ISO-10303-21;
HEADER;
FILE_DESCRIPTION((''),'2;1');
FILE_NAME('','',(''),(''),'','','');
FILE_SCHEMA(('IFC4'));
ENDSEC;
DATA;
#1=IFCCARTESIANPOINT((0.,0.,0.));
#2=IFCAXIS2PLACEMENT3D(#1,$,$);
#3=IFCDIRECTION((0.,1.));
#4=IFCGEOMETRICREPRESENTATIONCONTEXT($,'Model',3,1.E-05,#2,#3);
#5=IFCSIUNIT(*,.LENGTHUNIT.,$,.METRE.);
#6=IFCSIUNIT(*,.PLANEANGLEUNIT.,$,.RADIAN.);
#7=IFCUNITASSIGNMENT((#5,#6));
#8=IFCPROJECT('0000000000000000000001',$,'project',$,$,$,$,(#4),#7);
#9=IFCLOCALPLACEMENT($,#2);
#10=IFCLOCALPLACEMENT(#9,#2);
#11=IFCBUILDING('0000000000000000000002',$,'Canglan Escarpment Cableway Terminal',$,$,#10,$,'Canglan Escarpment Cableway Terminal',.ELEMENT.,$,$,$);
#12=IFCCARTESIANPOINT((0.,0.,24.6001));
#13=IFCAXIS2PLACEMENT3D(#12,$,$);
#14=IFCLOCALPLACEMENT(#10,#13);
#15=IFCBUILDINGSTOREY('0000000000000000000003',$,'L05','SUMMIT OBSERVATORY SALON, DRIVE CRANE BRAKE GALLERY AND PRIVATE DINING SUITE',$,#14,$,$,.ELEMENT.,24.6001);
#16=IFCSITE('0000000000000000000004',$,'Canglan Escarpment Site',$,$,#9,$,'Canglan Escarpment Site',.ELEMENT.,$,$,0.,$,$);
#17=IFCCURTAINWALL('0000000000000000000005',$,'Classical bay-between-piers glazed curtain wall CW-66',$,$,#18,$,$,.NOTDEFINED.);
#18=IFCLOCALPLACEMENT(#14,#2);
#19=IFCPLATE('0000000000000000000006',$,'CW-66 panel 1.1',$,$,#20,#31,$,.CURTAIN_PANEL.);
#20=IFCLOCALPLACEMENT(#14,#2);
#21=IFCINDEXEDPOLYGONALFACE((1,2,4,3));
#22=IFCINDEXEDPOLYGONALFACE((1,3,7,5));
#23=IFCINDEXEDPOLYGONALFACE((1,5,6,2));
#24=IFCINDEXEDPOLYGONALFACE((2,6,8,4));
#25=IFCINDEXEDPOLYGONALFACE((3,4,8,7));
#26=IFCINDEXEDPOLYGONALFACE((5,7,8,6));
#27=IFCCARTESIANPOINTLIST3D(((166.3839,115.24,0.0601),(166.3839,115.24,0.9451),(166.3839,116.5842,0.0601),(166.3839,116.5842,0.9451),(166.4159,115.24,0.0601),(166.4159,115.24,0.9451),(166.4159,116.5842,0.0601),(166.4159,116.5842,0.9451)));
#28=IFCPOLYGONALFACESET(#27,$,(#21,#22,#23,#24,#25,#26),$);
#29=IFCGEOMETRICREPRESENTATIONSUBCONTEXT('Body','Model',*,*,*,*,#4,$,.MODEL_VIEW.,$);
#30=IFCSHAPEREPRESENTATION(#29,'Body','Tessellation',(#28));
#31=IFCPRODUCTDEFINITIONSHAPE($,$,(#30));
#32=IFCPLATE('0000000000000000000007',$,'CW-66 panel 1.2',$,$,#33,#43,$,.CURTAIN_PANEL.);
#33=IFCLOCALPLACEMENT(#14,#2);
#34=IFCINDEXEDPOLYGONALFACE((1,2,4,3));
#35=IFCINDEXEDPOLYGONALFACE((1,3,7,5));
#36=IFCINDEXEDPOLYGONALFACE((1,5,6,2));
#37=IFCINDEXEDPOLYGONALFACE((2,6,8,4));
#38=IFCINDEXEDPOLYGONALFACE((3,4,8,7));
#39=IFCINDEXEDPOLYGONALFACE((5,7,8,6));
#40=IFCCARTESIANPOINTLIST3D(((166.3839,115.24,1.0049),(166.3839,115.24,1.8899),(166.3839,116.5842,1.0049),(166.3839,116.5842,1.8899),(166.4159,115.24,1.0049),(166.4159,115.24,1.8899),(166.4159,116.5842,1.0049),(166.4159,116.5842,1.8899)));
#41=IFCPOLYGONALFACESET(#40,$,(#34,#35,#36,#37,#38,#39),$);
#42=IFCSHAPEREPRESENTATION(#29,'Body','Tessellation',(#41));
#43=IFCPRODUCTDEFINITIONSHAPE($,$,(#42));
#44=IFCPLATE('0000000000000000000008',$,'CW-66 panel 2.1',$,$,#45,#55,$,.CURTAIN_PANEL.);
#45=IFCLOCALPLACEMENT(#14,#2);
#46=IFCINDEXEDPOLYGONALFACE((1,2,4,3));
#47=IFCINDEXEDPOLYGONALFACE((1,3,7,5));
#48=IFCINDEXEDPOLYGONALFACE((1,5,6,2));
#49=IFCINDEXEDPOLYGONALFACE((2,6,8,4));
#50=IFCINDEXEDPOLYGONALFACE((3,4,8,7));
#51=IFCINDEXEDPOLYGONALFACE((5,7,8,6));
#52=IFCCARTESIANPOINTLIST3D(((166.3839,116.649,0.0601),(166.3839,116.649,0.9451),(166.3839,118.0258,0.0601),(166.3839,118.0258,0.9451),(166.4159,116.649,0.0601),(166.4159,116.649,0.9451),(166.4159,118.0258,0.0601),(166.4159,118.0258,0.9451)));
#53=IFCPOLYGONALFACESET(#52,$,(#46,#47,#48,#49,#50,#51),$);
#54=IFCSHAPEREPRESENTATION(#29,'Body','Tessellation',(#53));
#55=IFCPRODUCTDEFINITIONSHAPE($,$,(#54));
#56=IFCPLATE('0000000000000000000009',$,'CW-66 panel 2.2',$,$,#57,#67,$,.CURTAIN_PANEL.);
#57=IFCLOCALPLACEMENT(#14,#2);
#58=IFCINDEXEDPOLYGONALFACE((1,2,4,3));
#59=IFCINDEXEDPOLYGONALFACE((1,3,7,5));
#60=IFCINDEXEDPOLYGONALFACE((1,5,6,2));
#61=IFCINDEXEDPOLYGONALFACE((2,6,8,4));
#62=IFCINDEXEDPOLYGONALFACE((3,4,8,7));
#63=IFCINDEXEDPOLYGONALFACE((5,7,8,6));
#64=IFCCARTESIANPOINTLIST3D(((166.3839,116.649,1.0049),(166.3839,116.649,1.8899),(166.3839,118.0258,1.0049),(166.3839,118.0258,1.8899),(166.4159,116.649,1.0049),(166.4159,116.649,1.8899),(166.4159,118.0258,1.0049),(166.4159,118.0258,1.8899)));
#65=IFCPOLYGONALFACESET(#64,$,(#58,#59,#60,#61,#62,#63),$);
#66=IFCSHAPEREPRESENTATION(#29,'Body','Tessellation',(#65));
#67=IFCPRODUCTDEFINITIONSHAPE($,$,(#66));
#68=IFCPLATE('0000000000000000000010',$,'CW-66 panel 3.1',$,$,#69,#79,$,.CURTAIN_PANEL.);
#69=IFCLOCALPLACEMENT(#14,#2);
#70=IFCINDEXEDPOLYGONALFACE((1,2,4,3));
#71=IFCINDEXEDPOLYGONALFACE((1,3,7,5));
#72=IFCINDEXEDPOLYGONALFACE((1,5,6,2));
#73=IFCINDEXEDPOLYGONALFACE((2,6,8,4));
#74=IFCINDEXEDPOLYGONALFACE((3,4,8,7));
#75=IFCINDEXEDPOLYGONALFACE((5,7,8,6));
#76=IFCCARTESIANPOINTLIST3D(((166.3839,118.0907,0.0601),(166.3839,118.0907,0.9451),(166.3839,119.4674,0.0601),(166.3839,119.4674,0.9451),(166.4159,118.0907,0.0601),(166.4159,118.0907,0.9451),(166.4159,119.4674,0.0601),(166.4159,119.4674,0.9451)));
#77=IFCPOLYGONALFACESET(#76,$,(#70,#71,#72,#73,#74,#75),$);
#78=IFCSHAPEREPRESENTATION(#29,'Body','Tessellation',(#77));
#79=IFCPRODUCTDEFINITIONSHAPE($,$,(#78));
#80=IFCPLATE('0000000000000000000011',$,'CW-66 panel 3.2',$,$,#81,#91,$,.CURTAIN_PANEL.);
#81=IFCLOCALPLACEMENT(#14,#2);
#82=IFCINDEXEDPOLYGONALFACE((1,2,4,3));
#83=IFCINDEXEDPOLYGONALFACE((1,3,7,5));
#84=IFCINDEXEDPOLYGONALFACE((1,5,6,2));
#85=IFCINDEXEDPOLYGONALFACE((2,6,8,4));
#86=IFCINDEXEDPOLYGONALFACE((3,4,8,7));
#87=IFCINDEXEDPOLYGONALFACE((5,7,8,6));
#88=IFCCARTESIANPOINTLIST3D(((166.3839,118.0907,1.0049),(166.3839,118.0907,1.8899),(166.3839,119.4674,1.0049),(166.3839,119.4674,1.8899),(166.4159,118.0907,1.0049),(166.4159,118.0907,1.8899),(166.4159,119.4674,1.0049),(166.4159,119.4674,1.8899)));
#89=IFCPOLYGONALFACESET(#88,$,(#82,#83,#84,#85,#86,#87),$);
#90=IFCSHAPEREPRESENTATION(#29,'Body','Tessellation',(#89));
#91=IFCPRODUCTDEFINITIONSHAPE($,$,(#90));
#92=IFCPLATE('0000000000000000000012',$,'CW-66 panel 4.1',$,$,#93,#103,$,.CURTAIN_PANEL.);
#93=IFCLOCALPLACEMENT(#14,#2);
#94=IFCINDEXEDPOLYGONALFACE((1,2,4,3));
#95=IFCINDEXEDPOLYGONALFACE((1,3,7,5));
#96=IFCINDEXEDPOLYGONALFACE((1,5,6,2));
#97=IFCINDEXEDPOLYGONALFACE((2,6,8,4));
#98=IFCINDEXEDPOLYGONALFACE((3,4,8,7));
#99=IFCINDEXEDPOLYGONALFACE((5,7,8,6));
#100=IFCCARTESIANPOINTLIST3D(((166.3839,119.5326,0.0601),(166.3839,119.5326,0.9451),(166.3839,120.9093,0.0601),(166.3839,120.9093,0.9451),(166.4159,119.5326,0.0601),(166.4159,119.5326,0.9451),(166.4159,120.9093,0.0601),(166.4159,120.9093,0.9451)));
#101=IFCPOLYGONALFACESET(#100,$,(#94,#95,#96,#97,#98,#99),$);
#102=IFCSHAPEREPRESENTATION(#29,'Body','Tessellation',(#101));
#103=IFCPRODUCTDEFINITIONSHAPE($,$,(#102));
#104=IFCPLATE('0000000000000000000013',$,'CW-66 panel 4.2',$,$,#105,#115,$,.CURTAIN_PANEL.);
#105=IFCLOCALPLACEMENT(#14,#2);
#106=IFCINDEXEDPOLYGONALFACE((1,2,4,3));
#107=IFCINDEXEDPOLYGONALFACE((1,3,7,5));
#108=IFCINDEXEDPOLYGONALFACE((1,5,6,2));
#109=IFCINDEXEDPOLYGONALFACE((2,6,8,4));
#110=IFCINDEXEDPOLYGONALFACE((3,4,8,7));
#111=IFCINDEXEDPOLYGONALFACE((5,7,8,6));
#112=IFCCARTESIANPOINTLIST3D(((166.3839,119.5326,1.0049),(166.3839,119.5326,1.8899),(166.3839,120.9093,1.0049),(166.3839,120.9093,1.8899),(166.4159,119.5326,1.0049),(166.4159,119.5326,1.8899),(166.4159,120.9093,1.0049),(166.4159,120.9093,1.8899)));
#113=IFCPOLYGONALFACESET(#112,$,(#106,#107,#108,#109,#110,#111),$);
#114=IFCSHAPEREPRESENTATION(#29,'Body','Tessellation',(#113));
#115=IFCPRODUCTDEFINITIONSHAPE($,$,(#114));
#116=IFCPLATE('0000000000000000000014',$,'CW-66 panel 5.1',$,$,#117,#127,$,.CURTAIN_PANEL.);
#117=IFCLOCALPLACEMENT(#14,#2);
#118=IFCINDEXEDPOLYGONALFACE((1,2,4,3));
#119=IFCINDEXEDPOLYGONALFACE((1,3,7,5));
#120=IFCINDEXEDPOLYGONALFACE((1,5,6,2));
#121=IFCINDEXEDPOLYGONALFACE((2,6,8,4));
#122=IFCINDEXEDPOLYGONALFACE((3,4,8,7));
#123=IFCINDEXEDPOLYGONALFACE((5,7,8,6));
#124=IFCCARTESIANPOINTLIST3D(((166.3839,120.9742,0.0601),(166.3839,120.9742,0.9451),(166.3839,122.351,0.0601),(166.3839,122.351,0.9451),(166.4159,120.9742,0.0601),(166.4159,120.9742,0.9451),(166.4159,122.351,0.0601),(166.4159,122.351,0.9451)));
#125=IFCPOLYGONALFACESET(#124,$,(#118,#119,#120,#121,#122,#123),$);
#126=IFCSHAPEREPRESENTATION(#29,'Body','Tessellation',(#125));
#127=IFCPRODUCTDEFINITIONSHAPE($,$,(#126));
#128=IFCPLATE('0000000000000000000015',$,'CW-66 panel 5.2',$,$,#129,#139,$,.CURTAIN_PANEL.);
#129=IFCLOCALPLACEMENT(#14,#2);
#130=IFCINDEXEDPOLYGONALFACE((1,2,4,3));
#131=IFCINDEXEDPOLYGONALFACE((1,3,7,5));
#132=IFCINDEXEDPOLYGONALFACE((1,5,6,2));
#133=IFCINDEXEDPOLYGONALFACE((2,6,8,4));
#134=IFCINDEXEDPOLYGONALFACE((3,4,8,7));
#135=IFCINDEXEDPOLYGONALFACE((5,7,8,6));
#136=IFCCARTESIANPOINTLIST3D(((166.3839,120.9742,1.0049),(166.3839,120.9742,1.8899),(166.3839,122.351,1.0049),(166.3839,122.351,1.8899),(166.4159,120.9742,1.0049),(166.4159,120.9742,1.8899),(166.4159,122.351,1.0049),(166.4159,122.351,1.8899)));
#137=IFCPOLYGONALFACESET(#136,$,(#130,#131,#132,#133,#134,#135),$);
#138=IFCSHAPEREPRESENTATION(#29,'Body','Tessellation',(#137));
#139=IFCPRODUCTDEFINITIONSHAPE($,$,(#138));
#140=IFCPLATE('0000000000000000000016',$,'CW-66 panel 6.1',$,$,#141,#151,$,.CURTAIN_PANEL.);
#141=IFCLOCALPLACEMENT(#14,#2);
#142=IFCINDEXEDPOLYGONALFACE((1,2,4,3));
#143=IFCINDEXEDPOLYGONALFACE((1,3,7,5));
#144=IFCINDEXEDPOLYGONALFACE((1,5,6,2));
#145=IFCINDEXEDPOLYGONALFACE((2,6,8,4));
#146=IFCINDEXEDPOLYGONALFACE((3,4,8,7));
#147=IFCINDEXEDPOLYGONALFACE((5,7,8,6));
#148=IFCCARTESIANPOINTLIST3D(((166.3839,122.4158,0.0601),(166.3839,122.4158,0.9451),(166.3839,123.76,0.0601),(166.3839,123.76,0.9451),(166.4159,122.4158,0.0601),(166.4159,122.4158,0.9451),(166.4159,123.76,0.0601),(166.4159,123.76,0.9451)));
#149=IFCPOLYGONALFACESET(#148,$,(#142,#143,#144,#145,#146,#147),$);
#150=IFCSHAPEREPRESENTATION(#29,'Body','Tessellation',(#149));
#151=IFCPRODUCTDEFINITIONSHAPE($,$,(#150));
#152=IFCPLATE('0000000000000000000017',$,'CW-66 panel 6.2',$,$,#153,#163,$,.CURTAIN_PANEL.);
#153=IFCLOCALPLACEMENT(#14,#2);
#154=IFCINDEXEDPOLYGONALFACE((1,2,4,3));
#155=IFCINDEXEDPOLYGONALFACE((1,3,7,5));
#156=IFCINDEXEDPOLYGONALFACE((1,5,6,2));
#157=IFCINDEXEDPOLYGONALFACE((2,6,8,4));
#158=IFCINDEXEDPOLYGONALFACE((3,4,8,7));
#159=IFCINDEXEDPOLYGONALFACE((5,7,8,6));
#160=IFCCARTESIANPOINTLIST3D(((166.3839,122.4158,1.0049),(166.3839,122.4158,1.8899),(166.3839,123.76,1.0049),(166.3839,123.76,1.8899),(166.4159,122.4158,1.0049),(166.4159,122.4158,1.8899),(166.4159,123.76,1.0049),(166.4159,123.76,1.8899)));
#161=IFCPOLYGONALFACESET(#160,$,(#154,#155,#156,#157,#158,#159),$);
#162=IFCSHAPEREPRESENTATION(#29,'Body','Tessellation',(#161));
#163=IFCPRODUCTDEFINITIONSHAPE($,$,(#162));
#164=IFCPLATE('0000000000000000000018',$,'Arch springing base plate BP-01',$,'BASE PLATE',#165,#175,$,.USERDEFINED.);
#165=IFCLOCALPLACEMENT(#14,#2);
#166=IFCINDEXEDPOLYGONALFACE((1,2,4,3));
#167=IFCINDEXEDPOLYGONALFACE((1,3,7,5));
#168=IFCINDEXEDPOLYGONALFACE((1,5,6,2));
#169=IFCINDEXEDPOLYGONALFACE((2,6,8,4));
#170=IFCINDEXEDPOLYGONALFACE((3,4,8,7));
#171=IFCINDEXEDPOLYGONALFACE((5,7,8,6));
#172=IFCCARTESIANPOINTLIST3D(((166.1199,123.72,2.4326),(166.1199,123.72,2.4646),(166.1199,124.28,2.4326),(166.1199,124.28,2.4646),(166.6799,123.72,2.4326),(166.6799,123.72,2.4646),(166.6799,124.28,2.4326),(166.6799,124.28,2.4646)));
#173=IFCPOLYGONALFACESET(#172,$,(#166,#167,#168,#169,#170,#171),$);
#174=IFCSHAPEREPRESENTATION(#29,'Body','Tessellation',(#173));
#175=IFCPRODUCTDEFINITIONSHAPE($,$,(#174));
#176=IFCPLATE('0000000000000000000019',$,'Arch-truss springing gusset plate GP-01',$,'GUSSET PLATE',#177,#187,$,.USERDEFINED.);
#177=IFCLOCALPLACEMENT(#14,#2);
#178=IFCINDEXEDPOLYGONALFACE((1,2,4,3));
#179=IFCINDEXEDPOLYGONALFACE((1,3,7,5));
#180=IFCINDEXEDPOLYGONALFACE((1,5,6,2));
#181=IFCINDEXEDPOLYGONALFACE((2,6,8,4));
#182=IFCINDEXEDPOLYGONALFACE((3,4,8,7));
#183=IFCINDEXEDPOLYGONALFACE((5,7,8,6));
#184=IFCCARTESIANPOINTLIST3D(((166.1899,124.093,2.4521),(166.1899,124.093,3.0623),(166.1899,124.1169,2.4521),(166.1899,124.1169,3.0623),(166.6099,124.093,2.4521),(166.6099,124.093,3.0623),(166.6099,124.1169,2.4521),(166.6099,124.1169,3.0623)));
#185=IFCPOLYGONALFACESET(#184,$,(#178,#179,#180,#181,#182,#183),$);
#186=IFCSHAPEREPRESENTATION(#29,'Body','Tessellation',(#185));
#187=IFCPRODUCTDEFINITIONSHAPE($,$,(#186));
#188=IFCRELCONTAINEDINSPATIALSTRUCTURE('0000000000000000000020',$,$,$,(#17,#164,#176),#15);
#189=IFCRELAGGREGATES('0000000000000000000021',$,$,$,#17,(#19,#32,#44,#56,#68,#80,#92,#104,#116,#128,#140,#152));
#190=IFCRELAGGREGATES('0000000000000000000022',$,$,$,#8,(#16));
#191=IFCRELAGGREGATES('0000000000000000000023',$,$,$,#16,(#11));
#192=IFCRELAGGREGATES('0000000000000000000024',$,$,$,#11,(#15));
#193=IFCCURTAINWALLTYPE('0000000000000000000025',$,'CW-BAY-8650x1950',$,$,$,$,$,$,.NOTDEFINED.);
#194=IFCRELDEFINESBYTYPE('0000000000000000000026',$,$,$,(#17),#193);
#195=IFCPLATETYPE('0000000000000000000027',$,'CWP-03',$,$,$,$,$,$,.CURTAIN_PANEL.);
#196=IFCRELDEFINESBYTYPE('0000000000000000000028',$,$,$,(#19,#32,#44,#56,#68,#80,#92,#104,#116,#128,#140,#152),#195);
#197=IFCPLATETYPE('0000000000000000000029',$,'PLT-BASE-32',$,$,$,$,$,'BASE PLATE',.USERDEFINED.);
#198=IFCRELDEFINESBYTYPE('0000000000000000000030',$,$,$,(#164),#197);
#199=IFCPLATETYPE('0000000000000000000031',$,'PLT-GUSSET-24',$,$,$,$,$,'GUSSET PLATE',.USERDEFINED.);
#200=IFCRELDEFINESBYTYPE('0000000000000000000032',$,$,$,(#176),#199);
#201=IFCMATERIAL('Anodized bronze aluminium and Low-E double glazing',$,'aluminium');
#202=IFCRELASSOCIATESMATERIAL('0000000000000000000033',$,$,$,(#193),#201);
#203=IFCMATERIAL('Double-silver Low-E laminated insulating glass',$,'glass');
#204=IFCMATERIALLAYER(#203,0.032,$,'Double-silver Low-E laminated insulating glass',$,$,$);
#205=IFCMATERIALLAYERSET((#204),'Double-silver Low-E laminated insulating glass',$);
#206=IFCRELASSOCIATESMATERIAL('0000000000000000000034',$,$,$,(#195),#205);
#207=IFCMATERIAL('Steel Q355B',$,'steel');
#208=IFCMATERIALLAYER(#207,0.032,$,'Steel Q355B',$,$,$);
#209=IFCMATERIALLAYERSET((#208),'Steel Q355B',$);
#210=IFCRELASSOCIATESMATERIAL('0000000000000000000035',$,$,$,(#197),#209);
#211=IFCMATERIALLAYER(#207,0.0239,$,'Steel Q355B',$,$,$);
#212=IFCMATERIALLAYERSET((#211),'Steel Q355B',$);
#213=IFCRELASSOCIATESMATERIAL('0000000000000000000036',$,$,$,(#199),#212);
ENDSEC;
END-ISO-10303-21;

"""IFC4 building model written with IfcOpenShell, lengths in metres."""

from ifc_helpers import new_model, si_unit, direction, frame, origin, origin_2d, place, context, subcontext, project, spatial, rectangle, extrude, material, layer, layer_set, type_object, element, aggregate, save


model = new_model("IFC4")

# Units and contexts
model_context = context("Model", 3, precision=1e-05, world=origin(), true_north=direction((0.0, 1.0)))
body_context = subcontext(model_context, "Body", "Model", "MODEL_VIEW")
ifc_project = project(units=[si_unit("LENGTHUNIT", "METRE"), si_unit("PLANEANGLEUNIT", "RADIAN")], contexts=[model_context])

# Site, building, storey
site_placement = place(None, origin())
site = spatial("IfcSite", under=ifc_project, at=site_placement, Name="Canglan Escarpment Site", LongName="Canglan Escarpment Site", CompositionType="ELEMENT", RefElevation=0.0)
building_placement = place(site_placement, origin())
building = spatial("IfcBuilding", under=site, at=building_placement, Name="Canglan Escarpment Cableway Terminal", LongName="Canglan Escarpment Cableway Terminal", CompositionType="ELEMENT")
storey_placement = place(building_placement, frame((0.0, 0.0, 24.6001)))
storey = spatial("IfcBuildingStorey", under=building, at=storey_placement, Name="L05", Description="SUMMIT OBSERVATORY SALON, DRIVE CRANE BRAKE GALLERY AND PRIVATE DINING SUITE", CompositionType="ELEMENT", Elevation=24.6001)

# Curtain wall
ifc_material_1 = material(Name="Anodized bronze aluminium and Low-E double glazing", Category="aluminium")
curtain_wall_type = type_object("IfcCurtainWallType", Name="CW-BAY-8650x1950", PredefinedType="NOTDEFINED", material=ifc_material_1)
curtain_wall_placement = place(storey_placement, origin())
curtain_wall = element("IfcCurtainWall", 1, at=curtain_wall_placement, inside=storey, type_object=curtain_wall_type, Name="Classical bay-between-piers glazed curtain wall CW-66", PredefinedType="NOTDEFINED")

# Shared definitions
ifc_material_2 = material(Name="Steel Q355B", Category="steel")

# Plates
ifc_material_3 = material(Name="Double-silver Low-E laminated insulating glass", Category="glass")
ifc_layer_1 = layer(ifc_material_3, 0.032, Name="Double-silver Low-E laminated insulating glass")
ifc_layer_set_1 = layer_set([ifc_layer_1], Name="Double-silver Low-E laminated insulating glass")
plate_type_1 = type_object("IfcPlateType", Name="CWP-03", PredefinedType="CURTAIN_PANEL", material=ifc_layer_set_1)
plate_1_placement = place(storey_placement, frame((166.3999, 115.9121, 0.0601), z_axis=(0.0, 0.0, 1.0), x_axis=(0.0, 1.0, 0.0)))
plate_1 = element("IfcPlate", 2, at=plate_1_placement, type_object=plate_type_1, Name="CW-66 panel 1.1", PredefinedType="CURTAIN_PANEL", context=body_context, shape_type="SweptSolid", body=[
    extrude(rectangle(XDim=1.3442, YDim=0.032, at=origin_2d()), origin(), (0.0, 0.0, 1.0), 0.885),
])
plate_2_placement = place(storey_placement, frame((166.3999, 115.9121, 1.0049), z_axis=(0.0, 0.0, 1.0), x_axis=(0.0, 1.0, 0.0)))
plate_2 = element("IfcPlate", 3, at=plate_2_placement, type_object=plate_type_1, Name="CW-66 panel 1.2", PredefinedType="CURTAIN_PANEL", context=body_context, shape_type="SweptSolid", body=[
    extrude(rectangle(XDim=1.3442, YDim=0.032, at=origin_2d()), origin(), (0.0, 0.0, 1.0), 0.885),
])
plate_3_placement = place(storey_placement, frame((166.3999, 117.3374, 0.0601), z_axis=(0.0, 0.0, 1.0), x_axis=(0.0, 1.0, 0.0)))
plate_3 = element("IfcPlate", 4, at=plate_3_placement, type_object=plate_type_1, Name="CW-66 panel 2.1", PredefinedType="CURTAIN_PANEL", context=body_context, shape_type="SweptSolid", body=[
    extrude(rectangle(XDim=1.3767, YDim=0.032, at=origin_2d()), origin(), (0.0, 0.0, 1.0), 0.885),
])
plate_4_placement = place(storey_placement, frame((166.3999, 117.3374, 1.0049), z_axis=(0.0, 0.0, 1.0), x_axis=(0.0, 1.0, 0.0)))
plate_4 = element("IfcPlate", 5, at=plate_4_placement, type_object=plate_type_1, Name="CW-66 panel 2.2", PredefinedType="CURTAIN_PANEL", context=body_context, shape_type="SweptSolid", body=[
    extrude(rectangle(XDim=1.3767, YDim=0.032, at=origin_2d()), origin(), (0.0, 0.0, 1.0), 0.885),
])
plate_5_placement = place(storey_placement, frame((166.3999, 118.7791, 0.0601), z_axis=(0.0, 0.0, 1.0), x_axis=(0.0, 1.0, 0.0)))
plate_5 = element("IfcPlate", 6, at=plate_5_placement, type_object=plate_type_1, Name="CW-66 panel 3.1", PredefinedType="CURTAIN_PANEL", context=body_context, shape_type="SweptSolid", body=[
    extrude(rectangle(XDim=1.3767, YDim=0.032, at=origin_2d()), origin(), (0.0, 0.0, 1.0), 0.885),
])
plate_6_placement = place(storey_placement, frame((166.3999, 118.7791, 1.0049), z_axis=(0.0, 0.0, 1.0), x_axis=(0.0, 1.0, 0.0)))
plate_6 = element("IfcPlate", 7, at=plate_6_placement, type_object=plate_type_1, Name="CW-66 panel 3.2", PredefinedType="CURTAIN_PANEL", context=body_context, shape_type="SweptSolid", body=[
    extrude(rectangle(XDim=1.3767, YDim=0.032, at=origin_2d()), origin(), (0.0, 0.0, 1.0), 0.885),
])
plate_7_placement = place(storey_placement, frame((166.3999, 120.2209, 0.0601), z_axis=(0.0, 0.0, 1.0), x_axis=(0.0, 1.0, 0.0)))
plate_7 = element("IfcPlate", 8, at=plate_7_placement, type_object=plate_type_1, Name="CW-66 panel 4.1", PredefinedType="CURTAIN_PANEL", context=body_context, shape_type="SweptSolid", body=[
    extrude(rectangle(XDim=1.3767, YDim=0.032, at=origin_2d()), origin(), (0.0, 0.0, 1.0), 0.885),
])
plate_8_placement = place(storey_placement, frame((166.3999, 120.2209, 1.0049), z_axis=(0.0, 0.0, 1.0), x_axis=(0.0, 1.0, 0.0)))
plate_8 = element("IfcPlate", 9, at=plate_8_placement, type_object=plate_type_1, Name="CW-66 panel 4.2", PredefinedType="CURTAIN_PANEL", context=body_context, shape_type="SweptSolid", body=[
    extrude(rectangle(XDim=1.3767, YDim=0.032, at=origin_2d()), origin(), (0.0, 0.0, 1.0), 0.885),
])
plate_9_placement = place(storey_placement, frame((166.3999, 121.6626, 0.0601), z_axis=(0.0, 0.0, 1.0), x_axis=(0.0, 1.0, 0.0)))
plate_9 = element("IfcPlate", 10, at=plate_9_placement, type_object=plate_type_1, Name="CW-66 panel 5.1", PredefinedType="CURTAIN_PANEL", context=body_context, shape_type="SweptSolid", body=[
    extrude(rectangle(XDim=1.3767, YDim=0.032, at=origin_2d()), origin(), (0.0, 0.0, 1.0), 0.885),
])
plate_10_placement = place(storey_placement, frame((166.3999, 121.6626, 1.0049), z_axis=(0.0, 0.0, 1.0), x_axis=(0.0, 1.0, 0.0)))
plate_10 = element("IfcPlate", 11, at=plate_10_placement, type_object=plate_type_1, Name="CW-66 panel 5.2", PredefinedType="CURTAIN_PANEL", context=body_context, shape_type="SweptSolid", body=[
    extrude(rectangle(XDim=1.3767, YDim=0.032, at=origin_2d()), origin(), (0.0, 0.0, 1.0), 0.885),
])
plate_11_placement = place(storey_placement, frame((166.3999, 123.0879, 0.0601), z_axis=(0.0, 0.0, 1.0), x_axis=(0.0, 1.0, 0.0)))
plate_11 = element("IfcPlate", 12, at=plate_11_placement, type_object=plate_type_1, Name="CW-66 panel 6.1", PredefinedType="CURTAIN_PANEL", context=body_context, shape_type="SweptSolid", body=[
    extrude(rectangle(XDim=1.3442, YDim=0.032, at=origin_2d()), origin(), (0.0, 0.0, 1.0), 0.885),
])
plate_12_placement = place(storey_placement, frame((166.3999, 123.0879, 1.0049), z_axis=(0.0, 0.0, 1.0), x_axis=(0.0, 1.0, 0.0)))
plate_12 = element("IfcPlate", 13, at=plate_12_placement, type_object=plate_type_1, Name="CW-66 panel 6.2", PredefinedType="CURTAIN_PANEL", context=body_context, shape_type="SweptSolid", body=[
    extrude(rectangle(XDim=1.3442, YDim=0.032, at=origin_2d()), origin(), (0.0, 0.0, 1.0), 0.885),
])
aggregate(curtain_wall, [plate_1, plate_2, plate_3, plate_4, plate_5, plate_6, plate_7, plate_8, plate_9, plate_10, plate_11, plate_12])

# Plates
ifc_layer_2 = layer(ifc_material_2, 0.032, Name="Steel Q355B")
ifc_layer_set_2 = layer_set([ifc_layer_2], Name="Steel Q355B")
plate_type_2 = type_object("IfcPlateType", Name="PLT-BASE-32", ElementType="BASE PLATE", PredefinedType="USERDEFINED", material=ifc_layer_set_2)
plate_13_placement = place(storey_placement, frame((166.3999, 124.0, 2.4326), z_axis=(0.0, 0.0, 1.0), x_axis=(1.0, 0.0, 0.0)))
element("IfcPlate", 14, at=plate_13_placement, inside=storey, type_object=plate_type_2, Name="Arch springing base plate BP-01", ObjectType="BASE PLATE", PredefinedType="USERDEFINED", context=body_context, shape_type="SweptSolid", body=[
    extrude(rectangle(XDim=0.5601, YDim=0.5601, at=origin_2d()), origin(), (0.0, 0.0, 1.0), 0.032),
])
ifc_layer_3 = layer(ifc_material_2, 0.0239, Name="Steel Q355B")
ifc_layer_set_3 = layer_set([ifc_layer_3], Name="Steel Q355B")
plate_type_3 = type_object("IfcPlateType", Name="PLT-GUSSET-24", ElementType="GUSSET PLATE", PredefinedType="USERDEFINED", material=ifc_layer_set_3)
plate_14_placement = place(storey_placement, frame((166.3999, 124.105, 2.4521), z_axis=(0.0, 0.0, 1.0), x_axis=(1.0, 0.0, 0.0)))
element("IfcPlate", 15, at=plate_14_placement, inside=storey, type_object=plate_type_3, Name="Arch-truss springing gusset plate GP-01", ObjectType="GUSSET PLATE", PredefinedType="USERDEFINED", context=body_context, shape_type="SweptSolid", body=[
    extrude(rectangle(XDim=0.4199, YDim=0.0239, at=origin_2d()), origin(), (0.0, 0.0, 1.0), 0.6101),
])

save(model, "model.ifc")
